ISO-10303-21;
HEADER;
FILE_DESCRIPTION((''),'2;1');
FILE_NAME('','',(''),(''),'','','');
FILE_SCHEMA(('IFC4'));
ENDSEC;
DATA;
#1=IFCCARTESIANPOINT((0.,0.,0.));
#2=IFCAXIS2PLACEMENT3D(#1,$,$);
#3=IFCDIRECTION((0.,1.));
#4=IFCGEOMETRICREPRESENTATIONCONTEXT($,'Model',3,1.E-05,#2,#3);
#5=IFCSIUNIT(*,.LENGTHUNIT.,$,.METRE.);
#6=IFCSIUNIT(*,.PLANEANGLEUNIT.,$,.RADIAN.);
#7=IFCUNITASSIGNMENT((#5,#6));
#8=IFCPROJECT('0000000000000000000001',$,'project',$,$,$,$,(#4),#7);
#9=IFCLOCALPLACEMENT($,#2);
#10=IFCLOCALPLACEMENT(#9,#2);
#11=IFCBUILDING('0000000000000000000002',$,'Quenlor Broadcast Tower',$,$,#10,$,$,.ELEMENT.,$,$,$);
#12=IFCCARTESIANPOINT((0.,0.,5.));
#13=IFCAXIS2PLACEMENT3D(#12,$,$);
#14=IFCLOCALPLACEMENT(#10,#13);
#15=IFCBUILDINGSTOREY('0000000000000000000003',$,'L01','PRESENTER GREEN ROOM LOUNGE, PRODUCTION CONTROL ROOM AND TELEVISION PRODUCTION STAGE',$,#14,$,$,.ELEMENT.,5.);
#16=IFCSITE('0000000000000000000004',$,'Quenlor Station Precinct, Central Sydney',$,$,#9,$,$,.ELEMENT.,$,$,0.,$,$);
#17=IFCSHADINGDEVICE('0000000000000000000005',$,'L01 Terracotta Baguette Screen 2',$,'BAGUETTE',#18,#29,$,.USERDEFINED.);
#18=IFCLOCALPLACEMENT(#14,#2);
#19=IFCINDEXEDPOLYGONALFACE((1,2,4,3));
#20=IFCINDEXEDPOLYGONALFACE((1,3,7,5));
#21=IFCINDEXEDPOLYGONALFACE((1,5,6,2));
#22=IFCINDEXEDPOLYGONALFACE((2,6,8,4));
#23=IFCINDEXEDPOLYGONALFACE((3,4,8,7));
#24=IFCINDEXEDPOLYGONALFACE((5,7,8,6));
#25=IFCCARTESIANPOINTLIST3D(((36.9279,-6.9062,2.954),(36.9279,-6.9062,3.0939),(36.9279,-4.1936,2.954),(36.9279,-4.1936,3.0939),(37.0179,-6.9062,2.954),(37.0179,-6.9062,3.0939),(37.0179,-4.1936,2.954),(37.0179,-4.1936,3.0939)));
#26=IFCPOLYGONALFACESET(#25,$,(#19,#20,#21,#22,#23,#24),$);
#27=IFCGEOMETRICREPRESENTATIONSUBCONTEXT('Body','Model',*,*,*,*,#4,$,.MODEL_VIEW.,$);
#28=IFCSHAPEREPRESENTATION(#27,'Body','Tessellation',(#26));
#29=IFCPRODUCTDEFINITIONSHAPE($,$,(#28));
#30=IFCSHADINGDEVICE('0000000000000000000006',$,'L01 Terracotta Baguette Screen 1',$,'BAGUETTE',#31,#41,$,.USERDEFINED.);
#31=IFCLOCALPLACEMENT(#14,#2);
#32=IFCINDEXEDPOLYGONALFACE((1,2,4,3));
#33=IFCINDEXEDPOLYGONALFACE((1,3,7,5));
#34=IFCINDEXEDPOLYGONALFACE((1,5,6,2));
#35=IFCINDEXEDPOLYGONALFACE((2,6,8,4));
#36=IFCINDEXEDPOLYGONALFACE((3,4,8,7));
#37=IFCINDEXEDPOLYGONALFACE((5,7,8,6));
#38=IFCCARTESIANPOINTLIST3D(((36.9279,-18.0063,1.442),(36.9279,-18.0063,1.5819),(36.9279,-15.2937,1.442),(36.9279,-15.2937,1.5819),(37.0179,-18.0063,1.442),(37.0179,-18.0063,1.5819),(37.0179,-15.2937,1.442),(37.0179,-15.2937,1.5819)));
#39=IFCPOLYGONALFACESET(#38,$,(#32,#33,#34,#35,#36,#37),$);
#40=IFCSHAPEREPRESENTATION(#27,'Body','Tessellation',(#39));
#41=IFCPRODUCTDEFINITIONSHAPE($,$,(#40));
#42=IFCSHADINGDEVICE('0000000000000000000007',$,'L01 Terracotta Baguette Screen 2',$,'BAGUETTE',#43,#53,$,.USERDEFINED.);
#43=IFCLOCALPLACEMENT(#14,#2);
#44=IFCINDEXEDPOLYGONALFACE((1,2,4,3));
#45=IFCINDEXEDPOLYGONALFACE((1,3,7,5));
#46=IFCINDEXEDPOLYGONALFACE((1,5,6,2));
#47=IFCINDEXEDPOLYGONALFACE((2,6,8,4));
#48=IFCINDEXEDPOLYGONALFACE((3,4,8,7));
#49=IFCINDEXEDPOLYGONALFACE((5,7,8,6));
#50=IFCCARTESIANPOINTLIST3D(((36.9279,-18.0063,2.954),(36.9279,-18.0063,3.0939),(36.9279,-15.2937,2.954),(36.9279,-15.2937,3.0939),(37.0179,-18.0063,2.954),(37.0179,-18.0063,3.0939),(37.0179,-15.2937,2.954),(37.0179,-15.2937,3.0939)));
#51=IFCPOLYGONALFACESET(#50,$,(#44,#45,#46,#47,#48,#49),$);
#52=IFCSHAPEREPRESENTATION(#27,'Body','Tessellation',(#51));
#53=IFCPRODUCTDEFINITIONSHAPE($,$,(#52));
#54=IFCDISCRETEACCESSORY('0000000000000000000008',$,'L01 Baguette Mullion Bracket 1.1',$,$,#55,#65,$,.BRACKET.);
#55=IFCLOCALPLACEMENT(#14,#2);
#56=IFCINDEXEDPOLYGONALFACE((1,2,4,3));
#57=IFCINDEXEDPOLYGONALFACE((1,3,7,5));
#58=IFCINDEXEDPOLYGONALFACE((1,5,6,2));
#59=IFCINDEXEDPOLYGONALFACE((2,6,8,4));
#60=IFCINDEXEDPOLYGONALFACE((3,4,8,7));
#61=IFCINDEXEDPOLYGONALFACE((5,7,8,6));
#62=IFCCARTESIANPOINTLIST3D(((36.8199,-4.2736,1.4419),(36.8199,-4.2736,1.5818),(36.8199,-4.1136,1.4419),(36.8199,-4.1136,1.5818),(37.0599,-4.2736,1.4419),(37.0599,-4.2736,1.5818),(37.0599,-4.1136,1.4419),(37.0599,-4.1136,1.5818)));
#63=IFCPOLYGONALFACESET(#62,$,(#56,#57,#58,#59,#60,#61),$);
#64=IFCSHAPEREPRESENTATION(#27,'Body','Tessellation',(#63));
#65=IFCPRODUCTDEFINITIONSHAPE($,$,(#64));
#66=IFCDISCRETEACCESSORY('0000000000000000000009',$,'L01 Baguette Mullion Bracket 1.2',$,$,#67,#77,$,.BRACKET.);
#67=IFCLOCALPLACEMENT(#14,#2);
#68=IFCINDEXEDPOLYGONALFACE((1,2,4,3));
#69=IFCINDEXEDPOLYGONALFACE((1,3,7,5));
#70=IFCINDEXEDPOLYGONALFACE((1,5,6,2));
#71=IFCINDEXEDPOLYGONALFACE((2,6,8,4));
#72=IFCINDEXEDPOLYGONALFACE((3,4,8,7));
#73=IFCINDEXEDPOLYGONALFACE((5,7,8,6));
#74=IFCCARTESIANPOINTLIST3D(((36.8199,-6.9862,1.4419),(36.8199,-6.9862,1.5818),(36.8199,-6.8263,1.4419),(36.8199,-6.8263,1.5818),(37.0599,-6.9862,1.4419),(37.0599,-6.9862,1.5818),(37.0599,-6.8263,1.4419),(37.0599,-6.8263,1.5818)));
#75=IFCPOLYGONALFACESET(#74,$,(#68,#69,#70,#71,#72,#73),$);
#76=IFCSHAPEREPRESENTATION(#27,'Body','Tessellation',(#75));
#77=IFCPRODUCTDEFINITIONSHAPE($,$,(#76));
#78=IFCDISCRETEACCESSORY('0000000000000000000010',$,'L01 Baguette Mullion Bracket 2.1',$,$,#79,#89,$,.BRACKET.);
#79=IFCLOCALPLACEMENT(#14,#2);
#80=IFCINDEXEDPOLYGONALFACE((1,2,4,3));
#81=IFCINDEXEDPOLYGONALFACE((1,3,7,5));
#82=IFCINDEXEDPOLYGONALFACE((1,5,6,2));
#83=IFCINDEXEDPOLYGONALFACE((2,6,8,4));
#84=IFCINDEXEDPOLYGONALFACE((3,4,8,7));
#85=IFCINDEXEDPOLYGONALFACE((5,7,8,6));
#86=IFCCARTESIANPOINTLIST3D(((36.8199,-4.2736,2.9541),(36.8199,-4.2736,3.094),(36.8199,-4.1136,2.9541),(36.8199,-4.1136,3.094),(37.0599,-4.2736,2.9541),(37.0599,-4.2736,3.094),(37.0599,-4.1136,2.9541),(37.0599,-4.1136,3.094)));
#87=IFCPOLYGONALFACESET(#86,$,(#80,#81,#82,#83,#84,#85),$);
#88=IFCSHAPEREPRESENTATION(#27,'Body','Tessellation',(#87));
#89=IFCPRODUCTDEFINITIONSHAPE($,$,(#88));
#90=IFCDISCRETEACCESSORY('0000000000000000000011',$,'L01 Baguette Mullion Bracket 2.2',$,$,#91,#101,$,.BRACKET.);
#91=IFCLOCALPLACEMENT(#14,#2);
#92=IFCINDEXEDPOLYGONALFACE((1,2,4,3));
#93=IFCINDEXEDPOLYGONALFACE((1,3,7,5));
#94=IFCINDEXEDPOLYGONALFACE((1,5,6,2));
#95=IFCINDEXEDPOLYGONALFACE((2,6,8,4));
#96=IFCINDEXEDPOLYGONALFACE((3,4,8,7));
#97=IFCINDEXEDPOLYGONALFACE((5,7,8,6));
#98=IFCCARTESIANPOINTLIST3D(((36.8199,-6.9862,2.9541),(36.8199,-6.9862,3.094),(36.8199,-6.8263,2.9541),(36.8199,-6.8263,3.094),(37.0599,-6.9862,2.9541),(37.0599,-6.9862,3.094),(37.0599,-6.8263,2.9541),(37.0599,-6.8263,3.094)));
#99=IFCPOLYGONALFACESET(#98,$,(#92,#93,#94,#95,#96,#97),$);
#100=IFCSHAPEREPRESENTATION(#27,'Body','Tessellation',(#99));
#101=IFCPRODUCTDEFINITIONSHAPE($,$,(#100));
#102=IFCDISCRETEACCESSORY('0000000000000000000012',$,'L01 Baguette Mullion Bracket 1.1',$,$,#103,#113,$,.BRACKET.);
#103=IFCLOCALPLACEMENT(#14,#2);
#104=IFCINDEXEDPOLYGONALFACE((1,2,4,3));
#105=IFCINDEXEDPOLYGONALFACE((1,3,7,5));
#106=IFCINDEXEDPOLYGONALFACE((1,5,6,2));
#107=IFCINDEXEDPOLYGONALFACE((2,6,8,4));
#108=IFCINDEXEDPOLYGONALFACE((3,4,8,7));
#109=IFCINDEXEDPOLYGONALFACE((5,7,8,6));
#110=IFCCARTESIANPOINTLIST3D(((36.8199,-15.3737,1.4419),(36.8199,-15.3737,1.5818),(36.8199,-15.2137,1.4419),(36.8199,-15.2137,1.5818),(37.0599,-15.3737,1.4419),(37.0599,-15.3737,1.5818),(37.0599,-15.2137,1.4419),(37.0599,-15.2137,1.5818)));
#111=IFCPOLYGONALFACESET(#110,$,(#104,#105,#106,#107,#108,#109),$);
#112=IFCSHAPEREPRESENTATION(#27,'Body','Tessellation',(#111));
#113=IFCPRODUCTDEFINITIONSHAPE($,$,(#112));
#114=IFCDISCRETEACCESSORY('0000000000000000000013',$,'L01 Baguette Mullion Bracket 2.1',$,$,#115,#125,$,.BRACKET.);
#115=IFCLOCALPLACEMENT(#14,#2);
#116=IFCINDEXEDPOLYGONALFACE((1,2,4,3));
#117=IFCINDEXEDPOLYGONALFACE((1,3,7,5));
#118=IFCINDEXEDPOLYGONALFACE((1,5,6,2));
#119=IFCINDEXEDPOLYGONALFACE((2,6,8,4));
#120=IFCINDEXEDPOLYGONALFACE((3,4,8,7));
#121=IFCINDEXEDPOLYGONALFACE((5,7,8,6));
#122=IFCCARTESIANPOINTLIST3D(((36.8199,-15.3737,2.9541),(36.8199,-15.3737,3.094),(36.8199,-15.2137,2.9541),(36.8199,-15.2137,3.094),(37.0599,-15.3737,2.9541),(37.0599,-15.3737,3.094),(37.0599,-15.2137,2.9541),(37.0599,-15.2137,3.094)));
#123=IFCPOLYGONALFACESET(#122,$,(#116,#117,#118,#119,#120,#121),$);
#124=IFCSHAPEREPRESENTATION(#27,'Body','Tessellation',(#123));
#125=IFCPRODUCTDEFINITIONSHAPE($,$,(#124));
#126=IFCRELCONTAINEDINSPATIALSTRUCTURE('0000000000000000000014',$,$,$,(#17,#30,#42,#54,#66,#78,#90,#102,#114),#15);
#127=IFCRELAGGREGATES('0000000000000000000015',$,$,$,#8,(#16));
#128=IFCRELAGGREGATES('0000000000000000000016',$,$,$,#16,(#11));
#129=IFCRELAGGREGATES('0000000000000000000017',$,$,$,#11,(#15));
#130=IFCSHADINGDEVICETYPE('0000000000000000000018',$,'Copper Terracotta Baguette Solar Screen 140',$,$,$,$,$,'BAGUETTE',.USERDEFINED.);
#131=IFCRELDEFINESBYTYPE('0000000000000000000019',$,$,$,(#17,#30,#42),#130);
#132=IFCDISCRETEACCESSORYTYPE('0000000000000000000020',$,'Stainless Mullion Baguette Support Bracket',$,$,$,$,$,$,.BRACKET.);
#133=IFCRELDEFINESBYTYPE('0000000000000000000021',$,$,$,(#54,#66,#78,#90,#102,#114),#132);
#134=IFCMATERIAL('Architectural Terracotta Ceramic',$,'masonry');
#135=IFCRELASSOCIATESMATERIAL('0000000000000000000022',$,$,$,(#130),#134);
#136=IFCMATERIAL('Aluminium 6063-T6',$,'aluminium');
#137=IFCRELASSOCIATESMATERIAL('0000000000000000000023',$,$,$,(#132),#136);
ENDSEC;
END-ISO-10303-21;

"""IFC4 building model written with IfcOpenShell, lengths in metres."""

from ifc_helpers import new_model, si_unit, direction, frame, origin, origin_2d, place, context, subcontext, project, spatial, rectangle, extrude, material, material_profile, profile_set, type_object, element, save


model = new_model("IFC4")

# Units and contexts
model_context = context("Model", 3, precision=1e-05, world=origin(), true_north=direction((0.0, 1.0)))
body_context = subcontext(model_context, "Body", "Model", "MODEL_VIEW")
ifc_project = project(units=[si_unit("LENGTHUNIT", "METRE"), si_unit("PLANEANGLEUNIT", "RADIAN")], contexts=[model_context])

# Site, building, storey
site_placement = place(None, origin())
site = spatial("IfcSite", under=ifc_project, at=site_placement, Name="Quenlor Station Precinct, Central Sydney", CompositionType="ELEMENT", RefElevation=0.0)
building_placement = place(site_placement, origin())
building = spatial("IfcBuilding", under=site, at=building_placement, Name="Quenlor Broadcast Tower", CompositionType="ELEMENT")
storey_placement = place(building_placement, frame((0.0, 0.0, 5.0)))
storey = spatial("IfcBuildingStorey", under=building, at=storey_placement, Name="L01", Description="PRESENTER GREEN ROOM LOUNGE, PRODUCTION CONTROL ROOM AND TELEVISION PRODUCTION STAGE", CompositionType="ELEMENT", Elevation=5.0)

# Shading devices
ifc_material_1 = material(Name="Architectural Terracotta Ceramic", Category="masonry")
ifc_material_profile_1 = material_profile(ifc_material_1, rectangle(XDim=0.0901, YDim=0.1399, at=origin_2d()))
ifc_profile_set_1 = profile_set([ifc_material_profile_1], Name="Architectural Terracotta Ceramic BAG90x140")
shading_device_type = type_object("IfcShadingDeviceType", Name="Copper Terracotta Baguette Solar Screen 140", ElementType="BAGUETTE", PredefinedType="USERDEFINED", material=ifc_profile_set_1)
for number, where, z_axis, x_axis, name in (
    (1, (36.9729, -4.1936, 3.0239), (0.0, -1.0, 0.0), (1.0, 0.0, 0.0), "L01 Terracotta Baguette Screen 2"),
    (2, (36.9729, -15.2937, 1.512), (0.0, -1.0, 0.0), (1.0, 0.0, 0.0), "L01 Terracotta Baguette Screen 1"),
    (3, (36.9729, -15.2937, 3.0239), (0.0, -1.0, 0.0), (1.0, 0.0, 0.0), "L01 Terracotta Baguette Screen 2"),
):
    element("IfcShadingDevice", number, at=place(storey_placement, frame(where, z_axis=z_axis, x_axis=x_axis)), inside=storey, type_object=shading_device_type, Name=name, ObjectType="BAGUETTE", PredefinedType="USERDEFINED", context=body_context, shape_type="SweptSolid", body=[
        extrude(rectangle(XDim=0.0901, YDim=0.1399, at=origin_2d()), origin(), (0.0, 0.0, 1.0), 2.7126),
    ])

# Discrete accessories
ifc_material_2 = material(Name="Aluminium 6063-T6", Category="aluminium")
discrete_accessory_type = type_object("IfcDiscreteAccessoryType", Name="Stainless Mullion Baguette Support Bracket", PredefinedType="BRACKET", material=ifc_material_2)
for number, where, z_axis, x_axis, name in (
    (4, (36.9399, -4.1936, 1.4419), (0.0, 0.0, 1.0), (0.0, -1.0, 0.0), "L01 Baguette Mullion Bracket 1.1"),
    (5, (36.9399, -6.9062, 1.4419), (0.0, 0.0, 1.0), (0.0, -1.0, 0.0), "L01 Baguette Mullion Bracket 1.2"),
    (6, (36.9399, -4.1936, 2.9541), (0.0, 0.0, 1.0), (0.0, -1.0, 0.0), "L01 Baguette Mullion Bracket 2.1"),
    (7, (36.9399, -6.9062, 2.9541), (0.0, 0.0, 1.0), (0.0, -1.0, 0.0), "L01 Baguette Mullion Bracket 2.2"),
    (8, (36.9399, -15.2937, 1.4419), (0.0, 0.0, 1.0), (0.0, -1.0, 0.0), "L01 Baguette Mullion Bracket 1.1"),
    (9, (36.9399, -15.2937, 2.9541), (0.0, 0.0, 1.0), (0.0, -1.0, 0.0), "L01 Baguette Mullion Bracket 2.1"),
):
    element("IfcDiscreteAccessory", number, at=place(storey_placement, frame(where, z_axis=z_axis, x_axis=x_axis)), inside=storey, type_object=discrete_accessory_type, Name=name, PredefinedType="BRACKET", context=body_context, shape_type="SweptSolid", body=[
        extrude(rectangle(XDim=0.1599, YDim=0.24, at=origin_2d()), origin(), (0.0, 0.0, 1.0), 0.1399),
    ])

save(model, "model.ifc")
